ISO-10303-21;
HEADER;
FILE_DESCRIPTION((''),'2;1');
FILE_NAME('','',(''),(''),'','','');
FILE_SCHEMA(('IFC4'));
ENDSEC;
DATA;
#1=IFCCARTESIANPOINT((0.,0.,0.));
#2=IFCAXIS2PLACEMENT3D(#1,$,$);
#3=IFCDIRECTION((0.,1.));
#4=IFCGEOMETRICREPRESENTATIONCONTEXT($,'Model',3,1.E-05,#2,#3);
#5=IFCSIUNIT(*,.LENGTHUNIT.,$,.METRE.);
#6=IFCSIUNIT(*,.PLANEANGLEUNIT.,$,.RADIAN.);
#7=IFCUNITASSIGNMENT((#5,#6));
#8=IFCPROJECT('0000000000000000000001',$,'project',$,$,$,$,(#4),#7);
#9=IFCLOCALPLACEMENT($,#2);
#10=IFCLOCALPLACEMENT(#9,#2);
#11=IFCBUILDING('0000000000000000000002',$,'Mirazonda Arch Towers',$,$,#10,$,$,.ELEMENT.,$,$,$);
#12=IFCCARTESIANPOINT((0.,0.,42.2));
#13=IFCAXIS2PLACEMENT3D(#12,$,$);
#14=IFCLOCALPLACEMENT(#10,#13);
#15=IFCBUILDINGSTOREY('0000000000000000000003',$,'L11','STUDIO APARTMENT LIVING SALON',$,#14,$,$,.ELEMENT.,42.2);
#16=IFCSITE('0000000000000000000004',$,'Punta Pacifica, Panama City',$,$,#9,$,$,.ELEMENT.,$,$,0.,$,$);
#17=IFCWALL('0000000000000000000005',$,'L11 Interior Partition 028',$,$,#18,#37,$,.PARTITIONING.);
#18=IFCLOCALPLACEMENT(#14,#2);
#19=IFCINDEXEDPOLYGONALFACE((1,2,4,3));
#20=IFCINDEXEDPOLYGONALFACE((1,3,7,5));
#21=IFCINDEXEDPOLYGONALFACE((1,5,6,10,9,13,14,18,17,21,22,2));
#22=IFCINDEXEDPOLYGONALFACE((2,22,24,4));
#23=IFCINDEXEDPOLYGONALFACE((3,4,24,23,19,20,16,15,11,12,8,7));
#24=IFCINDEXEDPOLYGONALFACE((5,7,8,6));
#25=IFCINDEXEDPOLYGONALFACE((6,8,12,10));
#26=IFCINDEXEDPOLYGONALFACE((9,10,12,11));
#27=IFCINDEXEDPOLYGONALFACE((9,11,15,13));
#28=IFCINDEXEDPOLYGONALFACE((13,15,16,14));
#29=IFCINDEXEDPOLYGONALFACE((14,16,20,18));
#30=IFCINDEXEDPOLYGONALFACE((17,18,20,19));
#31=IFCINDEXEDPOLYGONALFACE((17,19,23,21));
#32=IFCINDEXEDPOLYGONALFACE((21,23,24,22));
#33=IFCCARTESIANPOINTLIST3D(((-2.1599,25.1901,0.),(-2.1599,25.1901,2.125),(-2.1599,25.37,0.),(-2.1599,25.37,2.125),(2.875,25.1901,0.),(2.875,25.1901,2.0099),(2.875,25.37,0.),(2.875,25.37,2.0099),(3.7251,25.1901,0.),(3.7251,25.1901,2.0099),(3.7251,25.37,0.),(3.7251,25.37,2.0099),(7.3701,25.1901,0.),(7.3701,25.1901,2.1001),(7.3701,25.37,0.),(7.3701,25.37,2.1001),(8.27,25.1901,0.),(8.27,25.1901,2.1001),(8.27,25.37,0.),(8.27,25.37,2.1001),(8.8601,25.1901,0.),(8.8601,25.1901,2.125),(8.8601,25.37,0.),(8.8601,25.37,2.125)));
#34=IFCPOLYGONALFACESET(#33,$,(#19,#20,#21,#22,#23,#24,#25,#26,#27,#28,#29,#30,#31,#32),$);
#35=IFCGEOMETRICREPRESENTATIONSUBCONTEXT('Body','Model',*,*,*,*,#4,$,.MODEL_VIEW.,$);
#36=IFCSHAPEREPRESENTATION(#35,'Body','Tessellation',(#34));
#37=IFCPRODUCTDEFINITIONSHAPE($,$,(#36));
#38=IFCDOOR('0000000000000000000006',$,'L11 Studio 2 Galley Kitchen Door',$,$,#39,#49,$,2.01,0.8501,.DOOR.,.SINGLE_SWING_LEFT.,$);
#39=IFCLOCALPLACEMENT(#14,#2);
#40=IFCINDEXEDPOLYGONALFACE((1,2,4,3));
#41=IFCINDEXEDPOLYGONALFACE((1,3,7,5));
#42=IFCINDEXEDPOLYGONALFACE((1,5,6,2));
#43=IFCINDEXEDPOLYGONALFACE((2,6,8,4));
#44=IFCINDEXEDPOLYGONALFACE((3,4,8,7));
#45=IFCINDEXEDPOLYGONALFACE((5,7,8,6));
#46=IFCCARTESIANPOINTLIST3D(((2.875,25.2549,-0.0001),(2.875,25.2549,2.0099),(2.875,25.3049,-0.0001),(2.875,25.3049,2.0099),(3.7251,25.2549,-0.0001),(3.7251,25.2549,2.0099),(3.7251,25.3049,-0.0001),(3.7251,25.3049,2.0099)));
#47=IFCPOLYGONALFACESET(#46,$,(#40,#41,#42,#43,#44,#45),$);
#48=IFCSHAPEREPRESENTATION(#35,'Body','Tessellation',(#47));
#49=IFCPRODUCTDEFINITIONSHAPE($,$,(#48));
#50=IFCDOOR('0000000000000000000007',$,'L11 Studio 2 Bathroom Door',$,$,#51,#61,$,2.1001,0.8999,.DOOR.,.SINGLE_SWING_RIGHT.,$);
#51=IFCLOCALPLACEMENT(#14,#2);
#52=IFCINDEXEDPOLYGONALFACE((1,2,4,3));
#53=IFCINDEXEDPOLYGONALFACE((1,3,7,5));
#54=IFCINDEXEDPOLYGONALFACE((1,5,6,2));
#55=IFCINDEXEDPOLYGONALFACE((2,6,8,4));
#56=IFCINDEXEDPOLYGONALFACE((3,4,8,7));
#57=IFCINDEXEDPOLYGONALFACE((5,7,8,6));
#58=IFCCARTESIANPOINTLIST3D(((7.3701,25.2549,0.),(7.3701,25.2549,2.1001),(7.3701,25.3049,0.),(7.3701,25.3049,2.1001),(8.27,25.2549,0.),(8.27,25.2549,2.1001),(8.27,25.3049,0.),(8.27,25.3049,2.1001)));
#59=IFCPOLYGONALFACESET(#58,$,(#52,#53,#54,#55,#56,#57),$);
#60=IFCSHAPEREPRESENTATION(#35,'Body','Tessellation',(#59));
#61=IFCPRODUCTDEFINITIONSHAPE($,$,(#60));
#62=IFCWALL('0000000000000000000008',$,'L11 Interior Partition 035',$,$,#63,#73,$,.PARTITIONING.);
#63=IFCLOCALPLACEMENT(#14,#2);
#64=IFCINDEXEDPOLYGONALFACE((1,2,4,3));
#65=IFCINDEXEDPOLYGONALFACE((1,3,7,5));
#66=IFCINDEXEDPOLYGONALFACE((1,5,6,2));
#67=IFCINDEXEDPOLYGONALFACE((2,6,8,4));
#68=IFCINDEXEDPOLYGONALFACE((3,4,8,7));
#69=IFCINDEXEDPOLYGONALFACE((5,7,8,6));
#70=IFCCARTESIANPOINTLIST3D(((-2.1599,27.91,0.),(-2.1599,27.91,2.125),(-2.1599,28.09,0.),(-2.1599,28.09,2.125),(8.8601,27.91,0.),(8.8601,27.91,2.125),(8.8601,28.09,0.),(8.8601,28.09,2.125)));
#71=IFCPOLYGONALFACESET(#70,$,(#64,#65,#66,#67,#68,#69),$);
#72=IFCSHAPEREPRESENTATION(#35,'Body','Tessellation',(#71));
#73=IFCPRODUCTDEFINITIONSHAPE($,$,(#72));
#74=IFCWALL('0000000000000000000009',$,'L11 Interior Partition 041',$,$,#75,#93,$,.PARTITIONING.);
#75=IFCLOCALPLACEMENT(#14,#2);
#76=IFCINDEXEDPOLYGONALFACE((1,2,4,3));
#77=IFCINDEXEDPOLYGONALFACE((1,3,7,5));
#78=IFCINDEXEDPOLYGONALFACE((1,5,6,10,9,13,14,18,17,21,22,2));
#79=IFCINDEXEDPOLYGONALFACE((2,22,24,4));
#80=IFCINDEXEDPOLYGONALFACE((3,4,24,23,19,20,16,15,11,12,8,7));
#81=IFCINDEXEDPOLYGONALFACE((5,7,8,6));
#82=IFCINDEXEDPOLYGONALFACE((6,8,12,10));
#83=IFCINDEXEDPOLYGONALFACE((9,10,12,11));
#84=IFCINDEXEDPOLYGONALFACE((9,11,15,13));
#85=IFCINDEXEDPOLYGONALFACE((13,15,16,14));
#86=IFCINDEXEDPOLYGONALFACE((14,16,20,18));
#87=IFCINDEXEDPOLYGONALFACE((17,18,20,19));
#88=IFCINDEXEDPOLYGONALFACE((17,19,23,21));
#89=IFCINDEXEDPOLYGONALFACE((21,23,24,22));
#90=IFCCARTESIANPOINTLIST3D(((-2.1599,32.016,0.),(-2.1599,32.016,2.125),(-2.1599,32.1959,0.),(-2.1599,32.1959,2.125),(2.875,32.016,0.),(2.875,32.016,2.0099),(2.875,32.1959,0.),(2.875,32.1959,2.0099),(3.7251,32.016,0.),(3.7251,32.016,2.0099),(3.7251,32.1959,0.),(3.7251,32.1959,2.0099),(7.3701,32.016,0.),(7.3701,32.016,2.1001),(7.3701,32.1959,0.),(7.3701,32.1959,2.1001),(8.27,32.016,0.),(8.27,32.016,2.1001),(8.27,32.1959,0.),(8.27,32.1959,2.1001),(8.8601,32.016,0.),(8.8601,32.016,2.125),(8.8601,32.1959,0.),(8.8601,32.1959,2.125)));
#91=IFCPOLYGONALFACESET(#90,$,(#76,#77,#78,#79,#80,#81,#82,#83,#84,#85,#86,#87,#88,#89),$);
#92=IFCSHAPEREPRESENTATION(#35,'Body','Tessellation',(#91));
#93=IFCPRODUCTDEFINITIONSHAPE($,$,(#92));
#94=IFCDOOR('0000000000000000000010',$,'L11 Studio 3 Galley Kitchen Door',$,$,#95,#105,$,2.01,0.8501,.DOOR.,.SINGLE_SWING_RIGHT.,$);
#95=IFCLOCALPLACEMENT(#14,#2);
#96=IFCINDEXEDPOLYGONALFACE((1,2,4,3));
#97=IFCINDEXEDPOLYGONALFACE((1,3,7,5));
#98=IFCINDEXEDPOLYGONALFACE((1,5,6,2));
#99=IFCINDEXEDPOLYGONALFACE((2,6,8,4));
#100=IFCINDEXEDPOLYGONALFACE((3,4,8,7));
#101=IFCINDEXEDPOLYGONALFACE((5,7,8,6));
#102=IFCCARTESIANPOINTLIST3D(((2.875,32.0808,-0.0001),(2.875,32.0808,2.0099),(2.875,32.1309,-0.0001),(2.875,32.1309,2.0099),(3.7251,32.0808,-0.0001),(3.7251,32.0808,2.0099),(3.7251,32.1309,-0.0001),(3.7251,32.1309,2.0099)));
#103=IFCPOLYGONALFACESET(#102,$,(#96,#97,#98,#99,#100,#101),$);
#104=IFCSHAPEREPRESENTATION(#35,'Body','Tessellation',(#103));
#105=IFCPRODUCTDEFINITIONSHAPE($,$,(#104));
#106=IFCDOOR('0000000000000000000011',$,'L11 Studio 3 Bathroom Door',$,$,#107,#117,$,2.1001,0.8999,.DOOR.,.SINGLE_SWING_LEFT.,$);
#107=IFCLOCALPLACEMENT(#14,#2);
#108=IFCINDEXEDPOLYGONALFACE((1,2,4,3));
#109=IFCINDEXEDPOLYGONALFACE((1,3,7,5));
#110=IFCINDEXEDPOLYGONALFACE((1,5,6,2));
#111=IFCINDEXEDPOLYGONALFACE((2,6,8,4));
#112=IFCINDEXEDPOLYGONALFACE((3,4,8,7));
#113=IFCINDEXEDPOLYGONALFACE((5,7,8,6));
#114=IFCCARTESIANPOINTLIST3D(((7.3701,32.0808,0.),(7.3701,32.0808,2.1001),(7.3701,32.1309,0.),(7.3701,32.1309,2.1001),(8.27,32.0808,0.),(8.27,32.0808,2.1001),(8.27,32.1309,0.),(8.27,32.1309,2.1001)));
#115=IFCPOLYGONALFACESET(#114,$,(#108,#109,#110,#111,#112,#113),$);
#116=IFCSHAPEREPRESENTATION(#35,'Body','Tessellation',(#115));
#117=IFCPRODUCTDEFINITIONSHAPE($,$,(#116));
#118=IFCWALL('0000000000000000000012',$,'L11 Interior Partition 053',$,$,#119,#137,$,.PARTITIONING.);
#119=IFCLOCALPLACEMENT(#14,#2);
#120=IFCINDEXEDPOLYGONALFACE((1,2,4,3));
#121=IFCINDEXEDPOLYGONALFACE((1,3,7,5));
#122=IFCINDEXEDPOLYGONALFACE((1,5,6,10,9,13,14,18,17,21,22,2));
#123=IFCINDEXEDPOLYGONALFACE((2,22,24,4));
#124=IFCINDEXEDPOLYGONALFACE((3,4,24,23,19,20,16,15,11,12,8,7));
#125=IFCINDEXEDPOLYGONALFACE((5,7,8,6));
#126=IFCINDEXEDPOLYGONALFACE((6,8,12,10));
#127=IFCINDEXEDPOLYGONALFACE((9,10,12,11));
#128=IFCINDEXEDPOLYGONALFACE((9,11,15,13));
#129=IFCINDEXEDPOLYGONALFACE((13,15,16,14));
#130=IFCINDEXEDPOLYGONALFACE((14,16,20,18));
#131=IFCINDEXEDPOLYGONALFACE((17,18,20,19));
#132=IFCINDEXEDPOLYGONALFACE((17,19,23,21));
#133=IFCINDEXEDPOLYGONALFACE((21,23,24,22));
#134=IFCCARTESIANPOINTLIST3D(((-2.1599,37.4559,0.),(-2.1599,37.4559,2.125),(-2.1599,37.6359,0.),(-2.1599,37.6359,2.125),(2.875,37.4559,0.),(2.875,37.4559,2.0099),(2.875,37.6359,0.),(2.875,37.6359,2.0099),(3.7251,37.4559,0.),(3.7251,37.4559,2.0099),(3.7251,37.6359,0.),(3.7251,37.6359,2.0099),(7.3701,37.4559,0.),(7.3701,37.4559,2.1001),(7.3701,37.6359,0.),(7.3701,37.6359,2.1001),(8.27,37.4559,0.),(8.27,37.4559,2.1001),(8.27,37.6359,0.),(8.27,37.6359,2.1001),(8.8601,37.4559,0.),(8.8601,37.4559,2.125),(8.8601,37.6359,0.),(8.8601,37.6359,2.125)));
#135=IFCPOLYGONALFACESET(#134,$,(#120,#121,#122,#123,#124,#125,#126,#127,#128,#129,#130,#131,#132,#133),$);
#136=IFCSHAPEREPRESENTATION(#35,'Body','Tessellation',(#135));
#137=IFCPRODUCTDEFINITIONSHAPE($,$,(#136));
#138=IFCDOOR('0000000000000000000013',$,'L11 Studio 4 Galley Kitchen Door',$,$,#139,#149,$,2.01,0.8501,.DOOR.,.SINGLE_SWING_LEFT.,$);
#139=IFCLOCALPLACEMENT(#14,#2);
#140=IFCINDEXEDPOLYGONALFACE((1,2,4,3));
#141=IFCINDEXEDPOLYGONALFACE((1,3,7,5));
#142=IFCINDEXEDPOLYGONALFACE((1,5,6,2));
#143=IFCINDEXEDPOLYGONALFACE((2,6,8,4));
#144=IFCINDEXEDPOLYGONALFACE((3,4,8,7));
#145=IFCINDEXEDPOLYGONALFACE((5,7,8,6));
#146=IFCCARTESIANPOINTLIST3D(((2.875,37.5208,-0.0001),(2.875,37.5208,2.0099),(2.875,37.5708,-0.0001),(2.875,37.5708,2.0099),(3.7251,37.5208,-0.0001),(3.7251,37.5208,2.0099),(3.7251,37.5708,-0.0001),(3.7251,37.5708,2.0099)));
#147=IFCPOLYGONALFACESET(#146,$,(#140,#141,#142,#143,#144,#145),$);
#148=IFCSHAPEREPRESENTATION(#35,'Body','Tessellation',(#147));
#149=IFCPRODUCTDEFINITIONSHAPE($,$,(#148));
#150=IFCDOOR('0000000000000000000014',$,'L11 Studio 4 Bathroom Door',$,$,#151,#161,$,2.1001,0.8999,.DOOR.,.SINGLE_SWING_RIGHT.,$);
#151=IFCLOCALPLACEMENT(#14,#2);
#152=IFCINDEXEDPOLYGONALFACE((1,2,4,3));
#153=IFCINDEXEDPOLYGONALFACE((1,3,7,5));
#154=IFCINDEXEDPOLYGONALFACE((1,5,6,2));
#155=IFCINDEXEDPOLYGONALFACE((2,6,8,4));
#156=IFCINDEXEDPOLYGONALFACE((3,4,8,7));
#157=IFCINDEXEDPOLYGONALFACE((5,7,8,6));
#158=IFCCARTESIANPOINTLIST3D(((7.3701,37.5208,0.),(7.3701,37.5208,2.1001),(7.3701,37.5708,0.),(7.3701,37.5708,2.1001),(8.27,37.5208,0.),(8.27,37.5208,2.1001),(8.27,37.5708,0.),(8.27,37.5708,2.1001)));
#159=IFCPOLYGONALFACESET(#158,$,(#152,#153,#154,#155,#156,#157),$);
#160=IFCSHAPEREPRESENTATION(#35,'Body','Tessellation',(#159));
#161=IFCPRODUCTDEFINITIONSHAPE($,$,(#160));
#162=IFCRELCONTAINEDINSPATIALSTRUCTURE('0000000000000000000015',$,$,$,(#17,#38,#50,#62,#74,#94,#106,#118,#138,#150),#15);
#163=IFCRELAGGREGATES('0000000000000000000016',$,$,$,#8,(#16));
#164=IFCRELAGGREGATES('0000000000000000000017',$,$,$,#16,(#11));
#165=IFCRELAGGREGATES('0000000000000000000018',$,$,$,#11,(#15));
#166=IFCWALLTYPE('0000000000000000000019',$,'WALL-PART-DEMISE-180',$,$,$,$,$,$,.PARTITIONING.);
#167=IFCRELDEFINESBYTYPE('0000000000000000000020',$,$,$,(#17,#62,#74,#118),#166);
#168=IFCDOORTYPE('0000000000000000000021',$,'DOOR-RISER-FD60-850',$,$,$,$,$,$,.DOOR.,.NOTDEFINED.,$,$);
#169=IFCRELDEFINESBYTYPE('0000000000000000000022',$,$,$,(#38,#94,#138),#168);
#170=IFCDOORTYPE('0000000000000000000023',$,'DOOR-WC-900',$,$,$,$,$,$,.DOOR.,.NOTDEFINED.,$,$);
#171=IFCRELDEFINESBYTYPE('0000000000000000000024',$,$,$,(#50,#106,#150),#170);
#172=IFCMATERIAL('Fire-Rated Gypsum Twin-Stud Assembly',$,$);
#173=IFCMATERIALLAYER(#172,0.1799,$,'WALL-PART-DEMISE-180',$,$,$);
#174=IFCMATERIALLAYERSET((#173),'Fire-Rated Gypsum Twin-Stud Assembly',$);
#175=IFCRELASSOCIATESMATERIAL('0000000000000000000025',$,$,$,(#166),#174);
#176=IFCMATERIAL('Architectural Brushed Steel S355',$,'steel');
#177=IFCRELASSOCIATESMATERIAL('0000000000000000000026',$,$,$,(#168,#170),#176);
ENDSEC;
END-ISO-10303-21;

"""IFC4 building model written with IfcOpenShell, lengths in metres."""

from ifc_helpers import new_model, si_unit, direction, frame, frame_2d, origin, place, context, subcontext, project, spatial, rectangle, extrude, material, layer, layer_set, type_object, element, fill, save


model = new_model("IFC4")

# Units and contexts
model_context = context("Model", 3, precision=1e-05, world=origin(), true_north=direction((0.0, 1.0)))
body_context = subcontext(model_context, "Body", "Model", "MODEL_VIEW")
ifc_project = project(units=[si_unit("LENGTHUNIT", "METRE"), si_unit("PLANEANGLEUNIT", "RADIAN")], contexts=[model_context])

# Site, building, storey
site_placement = place(None, origin())
site = spatial("IfcSite", under=ifc_project, at=site_placement, Name="Punta Pacifica, Panama City", CompositionType="ELEMENT", RefElevation=0.0)
building_placement = place(site_placement, origin())
building = spatial("IfcBuilding", under=site, at=building_placement, Name="Mirazonda Arch Towers", CompositionType="ELEMENT")
storey_placement = place(building_placement, frame((0.0, 0.0, 42.2)))
storey = spatial("IfcBuildingStorey", under=building, at=storey_placement, Name="L11", Description="STUDIO APARTMENT LIVING SALON", CompositionType="ELEMENT", Elevation=42.2)

# Wall, openings, doors
ifc_material_1 = material(Name="Fire-Rated Gypsum Twin-Stud Assembly")
ifc_layer_1 = layer(ifc_material_1, 0.1799, Name="WALL-PART-DEMISE-180")
ifc_layer_set_1 = layer_set([ifc_layer_1], Name="Fire-Rated Gypsum Twin-Stud Assembly")
wall_type_1 = type_object("IfcWallType", Name="WALL-PART-DEMISE-180", PredefinedType="PARTITIONING", material=ifc_layer_set_1)
wall_1_placement = place(storey_placement, frame((-2.1599, 25.28, 0.0), z_axis=(0.0, 0.0, 1.0), x_axis=(1.0, 0.0, 0.0)))
wall_1 = element("IfcWall", 1, at=wall_1_placement, inside=storey, type_object=wall_type_1, Name="L11 Interior Partition 028", PredefinedType="PARTITIONING", context=body_context, shape_type="SweptSolid", body=[
    extrude(rectangle(XDim=11.02, YDim=0.1799, at=frame_2d((5.51, 0.0))), origin(), (0.0, 0.0, 1.0), 2.125),
])
opening_1_placement = place(wall_1_placement, frame((5.0349, 0.0, 0.0)))
opening_1 = element("IfcOpeningElement", 2, at=opening_1_placement, cuts=wall_1, PredefinedType="OPENING", context=body_context, shape_type="SweptSolid", body=[
    extrude(rectangle(XDim=0.8501, YDim=2.01, at=frame_2d((0.425, 1.0049))), frame((0.0, 0.0999, 0.0), z_axis=(0.0, -1.0, 0.0), x_axis=(1.0, 0.0, 0.0)), (0.0, 0.0, 1.0), 0.2),
])
opening_2_placement = place(wall_1_placement, frame((9.53, 0.0, 0.0)))
opening_2 = element("IfcOpeningElement", 3, at=opening_2_placement, cuts=wall_1, PredefinedType="OPENING", context=body_context, shape_type="SweptSolid", body=[
    extrude(rectangle(XDim=0.8999, YDim=2.1001, at=frame_2d((0.45, 1.05))), frame((0.0, 0.0999, 0.0), z_axis=(0.0, -1.0, 0.0), x_axis=(1.0, 0.0, 0.0)), (0.0, 0.0, 1.0), 0.2),
])
ifc_material_2 = material(Name="Architectural Brushed Steel S355", Category="steel")
door_type_1 = type_object("IfcDoorType", Name="DOOR-RISER-FD60-850", OperationType="NOTDEFINED", PredefinedType="DOOR", material=ifc_material_2)
door_1_placement = place(opening_1_placement, origin())
door_1 = element("IfcDoor", 4, at=door_1_placement, inside=storey, type_object=door_type_1, Name="L11 Studio 2 Galley Kitchen Door", OperationType="SINGLE_SWING_LEFT", OverallHeight=2.01, OverallWidth=0.8501, PredefinedType="DOOR", context=body_context, shape_type="SweptSolid", body=[
    extrude(rectangle(XDim=0.8501, YDim=2.01, at=frame_2d((0.425, 1.0049))), frame((0.0, 0.0249, 0.0), z_axis=(0.0, -1.0, 0.0), x_axis=(1.0, 0.0, 0.0)), (0.0, 0.0, 1.0), 0.05),
])
fill(opening_1, door_1)
door_type_2 = type_object("IfcDoorType", Name="DOOR-WC-900", OperationType="NOTDEFINED", PredefinedType="DOOR", material=ifc_material_2)
door_2_placement = place(opening_2_placement, origin())
door_2 = element("IfcDoor", 5, at=door_2_placement, inside=storey, type_object=door_type_2, Name="L11 Studio 2 Bathroom Door", OperationType="SINGLE_SWING_RIGHT", OverallHeight=2.1001, OverallWidth=0.8999, PredefinedType="DOOR", context=body_context, shape_type="SweptSolid", body=[
    extrude(rectangle(XDim=0.8999, YDim=2.1001, at=frame_2d((0.45, 1.05))), frame((0.0, 0.0249, 0.0), z_axis=(0.0, -1.0, 0.0), x_axis=(1.0, 0.0, 0.0)), (0.0, 0.0, 1.0), 0.05),
])
fill(opening_2, door_2)

# Wall
wall_2_placement = place(storey_placement, frame((-2.1599, 28.0, 0.0), z_axis=(0.0, 0.0, 1.0), x_axis=(1.0, 0.0, 0.0)))
element("IfcWall", 6, at=wall_2_placement, inside=storey, type_object=wall_type_1, Name="L11 Interior Partition 035", PredefinedType="PARTITIONING", context=body_context, shape_type="SweptSolid", body=[
    extrude(rectangle(XDim=11.02, YDim=0.1799, at=frame_2d((5.51, 0.0))), origin(), (0.0, 0.0, 1.0), 2.125),
])

# Walls, openings, doors
wall_3_placement = place(storey_placement, frame((-2.1599, 32.106, 0.0), z_axis=(0.0, 0.0, 1.0), x_axis=(1.0, 0.0, 0.0)))
wall_3 = element("IfcWall", 7, at=wall_3_placement, inside=storey, type_object=wall_type_1, Name="L11 Interior Partition 041", PredefinedType="PARTITIONING", context=body_context, shape_type="SweptSolid", body=[
    extrude(rectangle(XDim=11.02, YDim=0.1799, at=frame_2d((5.51, 0.0))), origin(), (0.0, 0.0, 1.0), 2.125),
])
opening_3_placement = place(wall_3_placement, frame((5.0349, 0.0, 0.0)))
opening_3 = element("IfcOpeningElement", 8, at=opening_3_placement, cuts=wall_3, PredefinedType="OPENING", context=body_context, shape_type="SweptSolid", body=[
    extrude(rectangle(XDim=0.8501, YDim=2.01, at=frame_2d((0.425, 1.0049))), frame((0.0, 0.0999, 0.0), z_axis=(0.0, -1.0, 0.0), x_axis=(1.0, 0.0, 0.0)), (0.0, 0.0, 1.0), 0.2),
])
opening_4_placement = place(wall_3_placement, frame((9.53, 0.0, 0.0)))
opening_4 = element("IfcOpeningElement", 9, at=opening_4_placement, cuts=wall_3, PredefinedType="OPENING", context=body_context, shape_type="SweptSolid", body=[
    extrude(rectangle(XDim=0.8999, YDim=2.1001, at=frame_2d((0.45, 1.05))), frame((0.0, 0.0999, 0.0), z_axis=(0.0, -1.0, 0.0), x_axis=(1.0, 0.0, 0.0)), (0.0, 0.0, 1.0), 0.2),
])
door_3_placement = place(opening_3_placement, origin())
door_3 = element("IfcDoor", 10, at=door_3_placement, inside=storey, type_object=door_type_1, Name="L11 Studio 3 Galley Kitchen Door", OperationType="SINGLE_SWING_RIGHT", OverallHeight=2.01, OverallWidth=0.8501, PredefinedType="DOOR", context=body_context, shape_type="SweptSolid", body=[
    extrude(rectangle(XDim=0.8501, YDim=2.01, at=frame_2d((0.425, 1.0049))), frame((0.0, 0.0249, 0.0), z_axis=(0.0, -1.0, 0.0), x_axis=(1.0, 0.0, 0.0)), (0.0, 0.0, 1.0), 0.05),
])
fill(opening_3, door_3)
door_4_placement = place(opening_4_placement, origin())
door_4 = element("IfcDoor", 11, at=door_4_placement, inside=storey, type_object=door_type_2, Name="L11 Studio 3 Bathroom Door", OperationType="SINGLE_SWING_LEFT", OverallHeight=2.1001, OverallWidth=0.8999, PredefinedType="DOOR", context=body_context, shape_type="SweptSolid", body=[
    extrude(rectangle(XDim=0.8999, YDim=2.1001, at=frame_2d((0.45, 1.05))), frame((0.0, 0.0249, 0.0), z_axis=(0.0, -1.0, 0.0), x_axis=(1.0, 0.0, 0.0)), (0.0, 0.0, 1.0), 0.05),
])
fill(opening_4, door_4)
wall_4_placement = place(storey_placement, frame((-2.1599, 37.5459, 0.0), z_axis=(0.0, 0.0, 1.0), x_axis=(1.0, 0.0, 0.0)))
wall_4 = element("IfcWall", 12, at=wall_4_placement, inside=storey, type_object=wall_type_1, Name="L11 Interior Partition 053", PredefinedType="PARTITIONING", context=body_context, shape_type="SweptSolid", body=[
    extrude(rectangle(XDim=11.02, YDim=0.1799, at=frame_2d((5.51, 0.0))), origin(), (0.0, 0.0, 1.0), 2.125),
])
opening_5_placement = place(wall_4_placement, frame((5.0349, 0.0, 0.0)))
opening_5 = element("IfcOpeningElement", 13, at=opening_5_placement, cuts=wall_4, PredefinedType="OPENING", context=body_context, shape_type="SweptSolid", body=[
    extrude(rectangle(XDim=0.8501, YDim=2.01, at=frame_2d((0.425, 1.0049))), frame((0.0, 0.0999, 0.0), z_axis=(0.0, -1.0, 0.0), x_axis=(1.0, 0.0, 0.0)), (0.0, 0.0, 1.0), 0.2),
])
opening_6_placement = place(wall_4_placement, frame((9.53, 0.0, 0.0)))
opening_6 = element("IfcOpeningElement", 14, at=opening_6_placement, cuts=wall_4, PredefinedType="OPENING", context=body_context, shape_type="SweptSolid", body=[
    extrude(rectangle(XDim=0.8999, YDim=2.1001, at=frame_2d((0.45, 1.05))), frame((0.0, 0.0999, 0.0), z_axis=(0.0, -1.0, 0.0), x_axis=(1.0, 0.0, 0.0)), (0.0, 0.0, 1.0), 0.2),
])
door_5_placement = place(opening_5_placement, origin())
door_5 = element("IfcDoor", 15, at=door_5_placement, inside=storey, type_object=door_type_1, Name="L11 Studio 4 Galley Kitchen Door", OperationType="SINGLE_SWING_LEFT", OverallHeight=2.01, OverallWidth=0.8501, PredefinedType="DOOR", context=body_context, shape_type="SweptSolid", body=[
    extrude(rectangle(XDim=0.8501, YDim=2.01, at=frame_2d((0.425, 1.0049))), frame((0.0, 0.0249, 0.0), z_axis=(0.0, -1.0, 0.0), x_axis=(1.0, 0.0, 0.0)), (0.0, 0.0, 1.0), 0.05),
])
fill(opening_5, door_5)
door_6_placement = place(opening_6_placement, origin())
door_6 = element("IfcDoor", 16, at=door_6_placement, inside=storey, type_object=door_type_2, Name="L11 Studio 4 Bathroom Door", OperationType="SINGLE_SWING_RIGHT", OverallHeight=2.1001, OverallWidth=0.8999, PredefinedType="DOOR", context=body_context, shape_type="SweptSolid", body=[
    extrude(rectangle(XDim=0.8999, YDim=2.1001, at=frame_2d((0.45, 1.05))), frame((0.0, 0.0249, 0.0), z_axis=(0.0, -1.0, 0.0), x_axis=(1.0, 0.0, 0.0)), (0.0, 0.0, 1.0), 0.05),
])
fill(opening_6, door_6)

save(model, "model.ifc")
